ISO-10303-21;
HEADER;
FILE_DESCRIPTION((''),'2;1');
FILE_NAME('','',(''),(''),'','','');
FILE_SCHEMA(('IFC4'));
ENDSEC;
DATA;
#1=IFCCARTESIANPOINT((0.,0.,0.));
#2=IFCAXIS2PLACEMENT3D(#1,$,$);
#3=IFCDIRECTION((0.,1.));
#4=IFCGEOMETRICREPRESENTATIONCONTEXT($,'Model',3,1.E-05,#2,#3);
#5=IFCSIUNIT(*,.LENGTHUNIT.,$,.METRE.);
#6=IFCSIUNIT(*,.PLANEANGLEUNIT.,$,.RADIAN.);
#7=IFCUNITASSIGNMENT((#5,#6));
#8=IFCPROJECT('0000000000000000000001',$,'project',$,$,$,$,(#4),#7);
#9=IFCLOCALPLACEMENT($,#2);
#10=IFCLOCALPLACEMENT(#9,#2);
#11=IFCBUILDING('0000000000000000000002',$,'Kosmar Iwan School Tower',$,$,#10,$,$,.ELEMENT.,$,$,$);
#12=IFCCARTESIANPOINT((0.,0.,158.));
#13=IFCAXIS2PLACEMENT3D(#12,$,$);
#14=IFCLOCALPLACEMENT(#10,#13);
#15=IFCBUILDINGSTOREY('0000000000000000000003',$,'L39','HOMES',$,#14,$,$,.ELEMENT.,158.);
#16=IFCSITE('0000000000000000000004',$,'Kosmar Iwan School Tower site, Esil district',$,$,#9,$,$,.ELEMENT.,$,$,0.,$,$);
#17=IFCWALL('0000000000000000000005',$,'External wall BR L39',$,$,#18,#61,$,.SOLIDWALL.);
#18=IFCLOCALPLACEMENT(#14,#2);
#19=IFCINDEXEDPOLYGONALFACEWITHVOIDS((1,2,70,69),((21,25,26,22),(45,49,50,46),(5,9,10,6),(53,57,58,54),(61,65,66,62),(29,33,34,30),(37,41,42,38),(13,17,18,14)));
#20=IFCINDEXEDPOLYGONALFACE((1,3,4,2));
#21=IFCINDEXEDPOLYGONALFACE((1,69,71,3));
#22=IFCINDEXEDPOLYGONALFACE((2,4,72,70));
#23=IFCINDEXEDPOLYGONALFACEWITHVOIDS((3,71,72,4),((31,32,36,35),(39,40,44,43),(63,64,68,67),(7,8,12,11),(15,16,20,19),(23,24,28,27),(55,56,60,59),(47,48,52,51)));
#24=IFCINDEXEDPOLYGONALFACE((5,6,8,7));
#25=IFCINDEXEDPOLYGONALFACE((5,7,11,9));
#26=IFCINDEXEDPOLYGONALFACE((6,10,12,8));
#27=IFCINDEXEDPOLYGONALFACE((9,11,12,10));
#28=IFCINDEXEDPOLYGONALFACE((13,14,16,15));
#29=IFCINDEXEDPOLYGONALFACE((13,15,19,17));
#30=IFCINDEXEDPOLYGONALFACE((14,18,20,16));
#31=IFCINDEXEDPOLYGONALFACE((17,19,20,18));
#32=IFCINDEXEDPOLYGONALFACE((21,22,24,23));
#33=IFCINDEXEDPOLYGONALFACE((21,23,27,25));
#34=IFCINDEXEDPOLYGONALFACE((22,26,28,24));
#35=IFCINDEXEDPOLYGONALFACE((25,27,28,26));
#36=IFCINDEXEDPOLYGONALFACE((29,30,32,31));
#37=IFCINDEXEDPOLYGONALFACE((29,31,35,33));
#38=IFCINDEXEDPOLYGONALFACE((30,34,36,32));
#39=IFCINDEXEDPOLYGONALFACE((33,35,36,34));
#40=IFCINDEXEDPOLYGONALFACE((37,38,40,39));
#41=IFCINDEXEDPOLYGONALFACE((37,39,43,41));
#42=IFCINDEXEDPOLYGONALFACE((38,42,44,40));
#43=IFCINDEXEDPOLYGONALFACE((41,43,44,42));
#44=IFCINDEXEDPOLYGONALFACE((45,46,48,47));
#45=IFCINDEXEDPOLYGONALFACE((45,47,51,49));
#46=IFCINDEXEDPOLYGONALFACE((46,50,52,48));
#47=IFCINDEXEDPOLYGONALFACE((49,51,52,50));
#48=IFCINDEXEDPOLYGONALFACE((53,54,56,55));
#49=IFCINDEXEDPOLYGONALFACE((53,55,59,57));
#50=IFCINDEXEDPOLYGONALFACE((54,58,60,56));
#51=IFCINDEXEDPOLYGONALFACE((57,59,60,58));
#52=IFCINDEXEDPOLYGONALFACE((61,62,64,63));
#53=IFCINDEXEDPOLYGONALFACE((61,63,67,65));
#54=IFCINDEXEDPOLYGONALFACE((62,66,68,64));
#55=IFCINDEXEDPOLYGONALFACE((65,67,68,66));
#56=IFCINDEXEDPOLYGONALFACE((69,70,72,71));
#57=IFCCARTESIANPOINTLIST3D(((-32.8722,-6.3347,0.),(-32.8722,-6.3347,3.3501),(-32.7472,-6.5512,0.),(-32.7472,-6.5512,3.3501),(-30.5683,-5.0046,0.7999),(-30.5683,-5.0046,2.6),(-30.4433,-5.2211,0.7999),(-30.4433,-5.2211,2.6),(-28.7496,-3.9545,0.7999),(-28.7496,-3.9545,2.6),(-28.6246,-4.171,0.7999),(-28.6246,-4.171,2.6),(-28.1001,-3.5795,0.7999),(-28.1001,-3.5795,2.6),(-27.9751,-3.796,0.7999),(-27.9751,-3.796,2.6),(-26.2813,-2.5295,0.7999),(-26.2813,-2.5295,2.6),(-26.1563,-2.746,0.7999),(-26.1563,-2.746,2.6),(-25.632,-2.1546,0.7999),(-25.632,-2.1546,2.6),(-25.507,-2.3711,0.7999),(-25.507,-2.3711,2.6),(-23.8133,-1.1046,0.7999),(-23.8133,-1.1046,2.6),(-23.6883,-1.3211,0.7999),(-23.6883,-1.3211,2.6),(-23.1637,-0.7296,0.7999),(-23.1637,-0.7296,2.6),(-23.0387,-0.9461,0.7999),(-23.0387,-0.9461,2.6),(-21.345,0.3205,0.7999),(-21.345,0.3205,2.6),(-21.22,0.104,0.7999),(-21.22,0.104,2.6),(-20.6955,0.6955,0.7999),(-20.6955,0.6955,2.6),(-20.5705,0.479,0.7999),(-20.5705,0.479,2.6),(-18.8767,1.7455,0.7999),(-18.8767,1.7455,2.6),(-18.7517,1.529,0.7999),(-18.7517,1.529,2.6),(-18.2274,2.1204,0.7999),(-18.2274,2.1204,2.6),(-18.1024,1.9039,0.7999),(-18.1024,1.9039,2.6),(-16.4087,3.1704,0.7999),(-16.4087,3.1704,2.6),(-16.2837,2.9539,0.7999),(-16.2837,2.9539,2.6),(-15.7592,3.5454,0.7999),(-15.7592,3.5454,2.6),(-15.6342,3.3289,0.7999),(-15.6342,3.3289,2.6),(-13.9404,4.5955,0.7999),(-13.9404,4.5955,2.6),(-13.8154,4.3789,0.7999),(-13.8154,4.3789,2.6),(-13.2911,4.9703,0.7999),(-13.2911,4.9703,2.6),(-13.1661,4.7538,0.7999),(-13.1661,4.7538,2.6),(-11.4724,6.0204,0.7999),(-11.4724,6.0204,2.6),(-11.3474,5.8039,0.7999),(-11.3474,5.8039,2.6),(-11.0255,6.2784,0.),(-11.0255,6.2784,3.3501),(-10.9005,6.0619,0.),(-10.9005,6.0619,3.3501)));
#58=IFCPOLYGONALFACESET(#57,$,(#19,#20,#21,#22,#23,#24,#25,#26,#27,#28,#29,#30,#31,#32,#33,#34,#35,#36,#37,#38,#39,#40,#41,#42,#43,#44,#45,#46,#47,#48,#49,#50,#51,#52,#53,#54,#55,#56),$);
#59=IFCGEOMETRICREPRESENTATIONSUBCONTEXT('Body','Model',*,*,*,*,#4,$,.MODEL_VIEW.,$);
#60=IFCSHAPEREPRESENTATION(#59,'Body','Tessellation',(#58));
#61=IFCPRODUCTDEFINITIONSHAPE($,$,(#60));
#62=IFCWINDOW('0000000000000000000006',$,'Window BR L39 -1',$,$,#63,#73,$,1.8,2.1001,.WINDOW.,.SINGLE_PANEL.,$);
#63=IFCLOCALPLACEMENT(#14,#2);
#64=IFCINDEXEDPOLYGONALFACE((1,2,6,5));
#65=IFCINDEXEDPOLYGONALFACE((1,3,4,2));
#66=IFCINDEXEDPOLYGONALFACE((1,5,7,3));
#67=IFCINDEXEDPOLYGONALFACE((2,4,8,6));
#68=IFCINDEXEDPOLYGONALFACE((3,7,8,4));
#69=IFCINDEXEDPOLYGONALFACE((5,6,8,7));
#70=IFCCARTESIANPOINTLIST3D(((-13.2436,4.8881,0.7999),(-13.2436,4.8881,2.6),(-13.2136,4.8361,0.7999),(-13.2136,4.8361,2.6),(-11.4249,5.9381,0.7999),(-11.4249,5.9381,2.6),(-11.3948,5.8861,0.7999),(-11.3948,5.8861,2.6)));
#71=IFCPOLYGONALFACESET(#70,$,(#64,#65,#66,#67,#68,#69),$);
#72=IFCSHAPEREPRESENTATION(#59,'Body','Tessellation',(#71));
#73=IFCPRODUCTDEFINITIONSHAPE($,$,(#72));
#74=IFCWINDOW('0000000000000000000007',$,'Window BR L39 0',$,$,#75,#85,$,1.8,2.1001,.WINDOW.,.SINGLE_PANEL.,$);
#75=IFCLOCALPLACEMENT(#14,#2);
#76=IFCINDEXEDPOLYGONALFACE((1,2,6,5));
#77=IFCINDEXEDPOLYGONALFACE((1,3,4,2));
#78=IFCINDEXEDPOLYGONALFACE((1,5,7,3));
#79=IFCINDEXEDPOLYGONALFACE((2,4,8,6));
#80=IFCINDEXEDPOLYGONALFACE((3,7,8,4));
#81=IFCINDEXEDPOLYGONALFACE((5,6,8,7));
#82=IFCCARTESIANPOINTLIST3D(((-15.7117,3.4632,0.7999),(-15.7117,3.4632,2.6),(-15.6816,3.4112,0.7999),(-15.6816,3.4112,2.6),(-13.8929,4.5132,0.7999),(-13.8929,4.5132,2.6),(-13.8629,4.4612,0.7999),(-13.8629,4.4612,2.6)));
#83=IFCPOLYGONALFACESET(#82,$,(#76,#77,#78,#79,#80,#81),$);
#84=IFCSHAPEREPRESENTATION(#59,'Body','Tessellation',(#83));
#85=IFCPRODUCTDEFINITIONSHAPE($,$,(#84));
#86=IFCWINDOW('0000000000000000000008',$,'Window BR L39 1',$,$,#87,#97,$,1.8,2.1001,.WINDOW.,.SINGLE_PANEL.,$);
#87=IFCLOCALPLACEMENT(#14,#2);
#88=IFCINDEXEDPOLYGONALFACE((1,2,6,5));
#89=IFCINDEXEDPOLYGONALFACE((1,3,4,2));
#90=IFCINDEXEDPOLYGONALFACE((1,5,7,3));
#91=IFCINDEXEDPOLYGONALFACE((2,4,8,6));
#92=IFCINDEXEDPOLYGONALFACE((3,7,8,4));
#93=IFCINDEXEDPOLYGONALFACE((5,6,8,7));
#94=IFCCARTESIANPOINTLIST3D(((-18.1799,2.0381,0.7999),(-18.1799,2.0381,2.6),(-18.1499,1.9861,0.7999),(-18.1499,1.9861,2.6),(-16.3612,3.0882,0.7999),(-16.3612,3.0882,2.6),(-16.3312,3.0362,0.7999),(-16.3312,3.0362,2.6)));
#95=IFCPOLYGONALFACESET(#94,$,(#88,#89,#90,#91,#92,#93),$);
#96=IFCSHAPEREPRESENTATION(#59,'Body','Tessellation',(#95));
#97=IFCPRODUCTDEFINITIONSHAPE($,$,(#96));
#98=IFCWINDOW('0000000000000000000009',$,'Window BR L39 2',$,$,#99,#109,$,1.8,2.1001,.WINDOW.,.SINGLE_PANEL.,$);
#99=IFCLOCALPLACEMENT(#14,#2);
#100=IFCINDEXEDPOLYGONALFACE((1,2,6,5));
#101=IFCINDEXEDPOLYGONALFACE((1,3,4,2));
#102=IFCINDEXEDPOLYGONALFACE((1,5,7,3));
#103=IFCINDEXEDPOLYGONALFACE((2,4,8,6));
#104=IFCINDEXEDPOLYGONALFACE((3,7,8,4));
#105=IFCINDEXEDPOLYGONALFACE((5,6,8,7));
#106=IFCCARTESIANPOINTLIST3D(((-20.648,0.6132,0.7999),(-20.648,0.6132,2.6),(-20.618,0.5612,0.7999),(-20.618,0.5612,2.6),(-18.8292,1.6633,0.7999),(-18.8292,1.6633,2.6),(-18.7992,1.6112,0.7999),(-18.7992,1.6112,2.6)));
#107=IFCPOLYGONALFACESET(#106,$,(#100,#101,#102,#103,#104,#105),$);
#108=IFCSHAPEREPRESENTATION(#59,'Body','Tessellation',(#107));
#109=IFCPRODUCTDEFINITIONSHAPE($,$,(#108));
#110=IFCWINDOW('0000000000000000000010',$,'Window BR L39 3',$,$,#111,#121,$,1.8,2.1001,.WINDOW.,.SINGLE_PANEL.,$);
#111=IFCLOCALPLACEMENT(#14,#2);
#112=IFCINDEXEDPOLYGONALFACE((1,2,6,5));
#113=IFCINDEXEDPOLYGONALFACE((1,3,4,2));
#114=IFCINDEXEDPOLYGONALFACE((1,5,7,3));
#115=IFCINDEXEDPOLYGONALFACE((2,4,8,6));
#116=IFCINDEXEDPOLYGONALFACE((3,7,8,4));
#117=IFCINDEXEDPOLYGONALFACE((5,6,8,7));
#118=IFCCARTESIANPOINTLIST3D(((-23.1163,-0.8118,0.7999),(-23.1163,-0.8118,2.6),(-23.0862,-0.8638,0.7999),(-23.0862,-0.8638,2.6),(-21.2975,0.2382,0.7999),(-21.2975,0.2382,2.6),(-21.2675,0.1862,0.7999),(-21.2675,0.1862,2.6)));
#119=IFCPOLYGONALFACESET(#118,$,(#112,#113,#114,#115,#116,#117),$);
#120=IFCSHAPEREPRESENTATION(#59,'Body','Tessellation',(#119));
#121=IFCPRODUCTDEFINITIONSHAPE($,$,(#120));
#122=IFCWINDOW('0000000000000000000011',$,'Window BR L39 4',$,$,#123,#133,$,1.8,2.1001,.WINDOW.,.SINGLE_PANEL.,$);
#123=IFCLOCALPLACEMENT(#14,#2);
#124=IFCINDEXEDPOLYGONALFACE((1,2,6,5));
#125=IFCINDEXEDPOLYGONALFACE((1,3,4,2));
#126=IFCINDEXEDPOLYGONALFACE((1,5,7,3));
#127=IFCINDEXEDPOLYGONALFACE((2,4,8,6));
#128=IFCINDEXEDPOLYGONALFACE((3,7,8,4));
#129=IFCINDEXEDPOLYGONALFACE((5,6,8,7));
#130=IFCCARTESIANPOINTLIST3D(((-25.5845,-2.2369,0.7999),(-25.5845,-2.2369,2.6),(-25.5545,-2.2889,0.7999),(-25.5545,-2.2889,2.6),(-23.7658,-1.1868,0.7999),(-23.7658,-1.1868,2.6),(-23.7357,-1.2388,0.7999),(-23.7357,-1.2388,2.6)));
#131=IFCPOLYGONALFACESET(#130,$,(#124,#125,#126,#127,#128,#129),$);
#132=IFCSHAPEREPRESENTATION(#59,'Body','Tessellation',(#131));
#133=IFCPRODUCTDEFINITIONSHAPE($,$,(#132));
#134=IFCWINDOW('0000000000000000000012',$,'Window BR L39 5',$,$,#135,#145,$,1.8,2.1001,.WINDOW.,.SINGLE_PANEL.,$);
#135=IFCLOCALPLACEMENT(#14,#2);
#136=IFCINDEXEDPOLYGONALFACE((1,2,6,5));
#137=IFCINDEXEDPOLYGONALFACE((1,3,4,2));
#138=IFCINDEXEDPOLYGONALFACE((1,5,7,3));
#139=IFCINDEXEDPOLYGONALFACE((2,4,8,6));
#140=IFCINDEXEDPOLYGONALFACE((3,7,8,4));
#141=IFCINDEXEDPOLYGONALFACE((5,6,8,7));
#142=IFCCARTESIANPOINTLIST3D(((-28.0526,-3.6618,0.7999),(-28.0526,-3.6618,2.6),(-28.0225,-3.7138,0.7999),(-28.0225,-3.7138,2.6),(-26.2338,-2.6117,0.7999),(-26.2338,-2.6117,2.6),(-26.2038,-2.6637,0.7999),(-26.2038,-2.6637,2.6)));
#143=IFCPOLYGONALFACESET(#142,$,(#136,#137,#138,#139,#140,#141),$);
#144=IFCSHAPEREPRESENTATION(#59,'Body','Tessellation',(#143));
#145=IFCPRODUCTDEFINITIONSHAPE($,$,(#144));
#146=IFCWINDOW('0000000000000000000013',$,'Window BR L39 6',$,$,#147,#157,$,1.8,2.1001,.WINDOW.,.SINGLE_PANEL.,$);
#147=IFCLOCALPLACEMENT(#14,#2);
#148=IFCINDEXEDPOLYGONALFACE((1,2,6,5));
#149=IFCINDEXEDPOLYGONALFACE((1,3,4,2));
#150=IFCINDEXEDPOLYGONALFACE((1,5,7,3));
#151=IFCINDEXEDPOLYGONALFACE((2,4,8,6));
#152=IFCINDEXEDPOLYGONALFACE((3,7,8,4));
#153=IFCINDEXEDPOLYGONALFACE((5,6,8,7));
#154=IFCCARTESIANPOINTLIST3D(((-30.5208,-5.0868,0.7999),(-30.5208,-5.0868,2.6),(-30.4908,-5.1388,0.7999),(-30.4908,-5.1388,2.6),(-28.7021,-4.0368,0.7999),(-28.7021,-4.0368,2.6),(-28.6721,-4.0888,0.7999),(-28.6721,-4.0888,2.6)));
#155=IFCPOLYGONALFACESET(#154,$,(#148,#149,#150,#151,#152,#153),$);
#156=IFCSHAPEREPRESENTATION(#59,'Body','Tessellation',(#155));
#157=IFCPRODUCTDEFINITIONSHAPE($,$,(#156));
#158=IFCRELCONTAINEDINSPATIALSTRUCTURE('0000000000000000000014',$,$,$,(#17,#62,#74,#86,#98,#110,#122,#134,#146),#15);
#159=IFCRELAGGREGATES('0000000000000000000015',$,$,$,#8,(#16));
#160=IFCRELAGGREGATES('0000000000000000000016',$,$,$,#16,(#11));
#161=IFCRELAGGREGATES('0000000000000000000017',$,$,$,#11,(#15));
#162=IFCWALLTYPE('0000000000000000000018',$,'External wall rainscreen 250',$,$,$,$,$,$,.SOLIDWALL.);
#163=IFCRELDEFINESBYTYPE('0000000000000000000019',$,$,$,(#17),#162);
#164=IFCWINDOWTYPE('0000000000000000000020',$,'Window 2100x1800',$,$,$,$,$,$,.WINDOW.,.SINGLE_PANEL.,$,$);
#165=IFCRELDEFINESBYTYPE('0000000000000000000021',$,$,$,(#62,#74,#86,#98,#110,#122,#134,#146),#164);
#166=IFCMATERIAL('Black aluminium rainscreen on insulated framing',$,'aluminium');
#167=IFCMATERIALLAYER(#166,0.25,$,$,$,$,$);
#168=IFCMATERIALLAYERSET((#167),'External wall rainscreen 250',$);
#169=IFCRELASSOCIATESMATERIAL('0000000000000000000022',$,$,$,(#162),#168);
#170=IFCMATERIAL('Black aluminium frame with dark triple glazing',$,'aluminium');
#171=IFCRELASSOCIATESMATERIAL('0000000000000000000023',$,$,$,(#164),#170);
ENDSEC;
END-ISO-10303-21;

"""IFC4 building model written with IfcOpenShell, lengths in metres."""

from ifc_helpers import new_model, si_unit, direction, frame, frame_2d, origin, place, context, subcontext, project, spatial, rectangle, extrude, material, layer, layer_set, type_object, element, fill, save


model = new_model("IFC4")

# Units and contexts
model_context = context("Model", 3, precision=1e-05, world=origin(), true_north=direction((0.0, 1.0)))
body_context = subcontext(model_context, "Body", "Model", "MODEL_VIEW")
ifc_project = project(units=[si_unit("LENGTHUNIT", "METRE"), si_unit("PLANEANGLEUNIT", "RADIAN")], contexts=[model_context])

# Site, building, storey
site_placement = place(None, origin())
site = spatial("IfcSite", under=ifc_project, at=site_placement, Name="Kosmar Iwan School Tower site, Esil district", CompositionType="ELEMENT", RefElevation=0.0)
building_placement = place(site_placement, origin())
building = spatial("IfcBuilding", under=site, at=building_placement, Name="Kosmar Iwan School Tower", CompositionType="ELEMENT")
storey_placement = place(building_placement, frame((0.0, 0.0, 158.0)))
storey = spatial("IfcBuildingStorey", under=building, at=storey_placement, Name="L39", Description="HOMES", CompositionType="ELEMENT", Elevation=158.0)

# Wall, openings, windows
ifc_material_1 = material(Name="Black aluminium rainscreen on insulated framing", Category="aluminium")
ifc_layer = layer(ifc_material_1, 0.25)
ifc_layer_set = layer_set([ifc_layer], Name="External wall rainscreen 250")
wall_type = type_object("IfcWallType", Name="External wall rainscreen 250", PredefinedType="SOLIDWALL", material=ifc_layer_set)
ifc_material_2 = material(Name="Black aluminium frame with dark triple glazing", Category="aluminium")
window_type = type_object("IfcWindowType", Name="Window 2100x1800", PartitioningType="SINGLE_PANEL", PredefinedType="WINDOW", material=ifc_material_2)
wall_1_placement = place(storey_placement, frame((-10.9629, 6.1702, 0.0), z_axis=(0.0, 0.0, 1.0), x_axis=(-0.866028, -0.499996, 0.0)))
wall_1 = element("IfcWall", 1, at=wall_1_placement, inside=storey, type_object=wall_type, Name="External wall BR L39", PredefinedType="SOLIDWALL", context=body_context, shape_type="SweptSolid", body=[
    extrude(rectangle(XDim=25.2263, YDim=0.25, at=frame_2d((12.6133, 0.0))), origin(), (0.0, 0.0, 1.0), 3.3501),
])
opening_1_placement = place(wall_1_placement, frame((0.5161, 0.0, 0.8)))
opening_1 = element("IfcOpeningElement", 2, at=opening_1_placement, cuts=wall_1, PredefinedType="OPENING", context=body_context, shape_type="SweptSolid", body=[
    extrude(rectangle(XDim=2.1001, YDim=1.8, at=frame_2d((1.05, 0.8999))), frame((0.0, 0.137, 0.0), z_axis=(0.0, -1.0, 0.0), x_axis=(1.0, 0.0, 0.0)), (0.0, 0.0, 1.0), 0.2739),
])
opening_2_placement = place(wall_1_placement, frame((3.366, 0.0, 0.8)))
opening_2 = element("IfcOpeningElement", 3, at=opening_2_placement, cuts=wall_1, PredefinedType="OPENING", context=body_context, shape_type="SweptSolid", body=[
    extrude(rectangle(XDim=2.1001, YDim=1.8, at=frame_2d((1.05, 0.8999))), frame((0.0, 0.137, 0.0), z_axis=(0.0, -1.0, 0.0), x_axis=(1.0, 0.0, 0.0)), (0.0, 0.0, 1.0), 0.2739),
])
opening_3_placement = place(wall_1_placement, frame((6.2161, 0.0, 0.8)))
opening_3 = element("IfcOpeningElement", 4, at=opening_3_placement, cuts=wall_1, PredefinedType="OPENING", context=body_context, shape_type="SweptSolid", body=[
    extrude(rectangle(XDim=2.1001, YDim=1.8, at=frame_2d((1.05, 0.8999))), frame((0.0, 0.137, 0.0), z_axis=(0.0, -1.0, 0.0), x_axis=(1.0, 0.0, 0.0)), (0.0, 0.0, 1.0), 0.2739),
])
opening_4_placement = place(wall_1_placement, frame((9.0659, 0.0, 0.8)))
opening_4 = element("IfcOpeningElement", 5, at=opening_4_placement, cuts=wall_1, PredefinedType="OPENING", context=body_context, shape_type="SweptSolid", body=[
    extrude(rectangle(XDim=2.1001, YDim=1.8, at=frame_2d((1.05, 0.8999))), frame((0.0, 0.137, 0.0), z_axis=(0.0, -1.0, 0.0), x_axis=(1.0, 0.0, 0.0)), (0.0, 0.0, 1.0), 0.2739),
])
opening_5_placement = place(wall_1_placement, frame((11.916, 0.0, 0.8)))
opening_5 = element("IfcOpeningElement", 6, at=opening_5_placement, cuts=wall_1, PredefinedType="OPENING", context=body_context, shape_type="SweptSolid", body=[
    extrude(rectangle(XDim=2.1001, YDim=1.8, at=frame_2d((1.05, 0.8999))), frame((0.0, 0.137, 0.0), z_axis=(0.0, -1.0, 0.0), x_axis=(1.0, 0.0, 0.0)), (0.0, 0.0, 1.0), 0.2739),
])
opening_6_placement = place(wall_1_placement, frame((14.7661, 0.0, 0.8)))
opening_6 = element("IfcOpeningElement", 7, at=opening_6_placement, cuts=wall_1, PredefinedType="OPENING", context=body_context, shape_type="SweptSolid", body=[
    extrude(rectangle(XDim=2.1001, YDim=1.8, at=frame_2d((1.05, 0.8999))), frame((0.0, 0.137, 0.0), z_axis=(0.0, -1.0, 0.0), x_axis=(1.0, 0.0, 0.0)), (0.0, 0.0, 1.0), 0.2739),
])
opening_7_placement = place(wall_1_placement, frame((17.616, 0.0, 0.8)))
opening_7 = element("IfcOpeningElement", 8, at=opening_7_placement, cuts=wall_1, PredefinedType="OPENING", context=body_context, shape_type="SweptSolid", body=[
    extrude(rectangle(XDim=2.1001, YDim=1.8, at=frame_2d((1.05, 0.8999))), frame((0.0, 0.137, 0.0), z_axis=(0.0, -1.0, 0.0), x_axis=(1.0, 0.0, 0.0)), (0.0, 0.0, 1.0), 0.2739),
])
opening_8_placement = place(wall_1_placement, frame((20.4661, 0.0, 0.8)))
opening_8 = element("IfcOpeningElement", 9, at=opening_8_placement, cuts=wall_1, PredefinedType="OPENING", context=body_context, shape_type="SweptSolid", body=[
    extrude(rectangle(XDim=2.1001, YDim=1.8, at=frame_2d((1.05, 0.8999))), frame((0.0, 0.137, 0.0), z_axis=(0.0, -1.0, 0.0), x_axis=(1.0, 0.0, 0.0)), (0.0, 0.0, 1.0), 0.2739),
])
window_1_placement = place(opening_1_placement, origin())
window_1 = element("IfcWindow", 10, at=window_1_placement, inside=storey, type_object=window_type, Name="Window BR L39 -1", OverallHeight=1.8, OverallWidth=2.1001, PartitioningType="SINGLE_PANEL", PredefinedType="WINDOW", context=body_context, shape_type="SweptSolid", body=[
    extrude(rectangle(XDim=2.1001, YDim=1.8, at=frame_2d((1.05, 0.8999))), frame((0.0, 0.03, 0.0), z_axis=(0.0, -1.0, 0.0), x_axis=(1.0, 0.0, 0.0)), (0.0, 0.0, 1.0), 0.0601),
])
fill(opening_1, window_1)
window_2_placement = place(opening_2_placement, origin())
window_2 = element("IfcWindow", 11, at=window_2_placement, inside=storey, type_object=window_type, Name="Window BR L39 0", OverallHeight=1.8, OverallWidth=2.1001, PartitioningType="SINGLE_PANEL", PredefinedType="WINDOW", context=body_context, shape_type="SweptSolid", body=[
    extrude(rectangle(XDim=2.1001, YDim=1.8, at=frame_2d((1.05, 0.8999))), frame((0.0, 0.03, 0.0), z_axis=(0.0, -1.0, 0.0), x_axis=(1.0, 0.0, 0.0)), (0.0, 0.0, 1.0), 0.0601),
])
fill(opening_2, window_2)
window_3_placement = place(opening_3_placement, origin())
window_3 = element("IfcWindow", 12, at=window_3_placement, inside=storey, type_object=window_type, Name="Window BR L39 1", OverallHeight=1.8, OverallWidth=2.1001, PartitioningType="SINGLE_PANEL", PredefinedType="WINDOW", context=body_context, shape_type="SweptSolid", body=[
    extrude(rectangle(XDim=2.1001, YDim=1.8, at=frame_2d((1.05, 0.8999))), frame((0.0, 0.03, 0.0), z_axis=(0.0, -1.0, 0.0), x_axis=(1.0, 0.0, 0.0)), (0.0, 0.0, 1.0), 0.0601),
])
fill(opening_3, window_3)
window_4_placement = place(opening_4_placement, origin())
window_4 = element("IfcWindow", 13, at=window_4_placement, inside=storey, type_object=window_type, Name="Window BR L39 2", OverallHeight=1.8, OverallWidth=2.1001, PartitioningType="SINGLE_PANEL", PredefinedType="WINDOW", context=body_context, shape_type="SweptSolid", body=[
    extrude(rectangle(XDim=2.1001, YDim=1.8, at=frame_2d((1.05, 0.8999))), frame((0.0, 0.03, 0.0), z_axis=(0.0, -1.0, 0.0), x_axis=(1.0, 0.0, 0.0)), (0.0, 0.0, 1.0), 0.0601),
])
fill(opening_4, window_4)
window_5_placement = place(opening_5_placement, origin())
window_5 = element("IfcWindow", 14, at=window_5_placement, inside=storey, type_object=window_type, Name="Window BR L39 3", OverallHeight=1.8, OverallWidth=2.1001, PartitioningType="SINGLE_PANEL", PredefinedType="WINDOW", context=body_context, shape_type="SweptSolid", body=[
    extrude(rectangle(XDim=2.1001, YDim=1.8, at=frame_2d((1.05, 0.8999))), frame((0.0, 0.03, 0.0), z_axis=(0.0, -1.0, 0.0), x_axis=(1.0, 0.0, 0.0)), (0.0, 0.0, 1.0), 0.0601),
])
fill(opening_5, window_5)
window_6_placement = place(opening_6_placement, origin())
window_6 = element("IfcWindow", 15, at=window_6_placement, inside=storey, type_object=window_type, Name="Window BR L39 4", OverallHeight=1.8, OverallWidth=2.1001, PartitioningType="SINGLE_PANEL", PredefinedType="WINDOW", context=body_context, shape_type="SweptSolid", body=[
    extrude(rectangle(XDim=2.1001, YDim=1.8, at=frame_2d((1.05, 0.8999))), frame((0.0, 0.03, 0.0), z_axis=(0.0, -1.0, 0.0), x_axis=(1.0, 0.0, 0.0)), (0.0, 0.0, 1.0), 0.0601),
])
fill(opening_6, window_6)
window_7_placement = place(opening_7_placement, origin())
window_7 = element("IfcWindow", 16, at=window_7_placement, inside=storey, type_object=window_type, Name="Window BR L39 5", OverallHeight=1.8, OverallWidth=2.1001, PartitioningType="SINGLE_PANEL", PredefinedType="WINDOW", context=body_context, shape_type="SweptSolid", body=[
    extrude(rectangle(XDim=2.1001, YDim=1.8, at=frame_2d((1.05, 0.8999))), frame((0.0, 0.03, 0.0), z_axis=(0.0, -1.0, 0.0), x_axis=(1.0, 0.0, 0.0)), (0.0, 0.0, 1.0), 0.0601),
])
fill(opening_7, window_7)
window_8_placement = place(opening_8_placement, origin())
window_8 = element("IfcWindow", 17, at=window_8_placement, inside=storey, type_object=window_type, Name="Window BR L39 6", OverallHeight=1.8, OverallWidth=2.1001, PartitioningType="SINGLE_PANEL", PredefinedType="WINDOW", context=body_context, shape_type="SweptSolid", body=[
    extrude(rectangle(XDim=2.1001, YDim=1.8, at=frame_2d((1.05, 0.8999))), frame((0.0, 0.03, 0.0), z_axis=(0.0, -1.0, 0.0), x_axis=(1.0, 0.0, 0.0)), (0.0, 0.0, 1.0), 0.0601),
])
fill(opening_8, window_8)

save(model, "model.ifc")
